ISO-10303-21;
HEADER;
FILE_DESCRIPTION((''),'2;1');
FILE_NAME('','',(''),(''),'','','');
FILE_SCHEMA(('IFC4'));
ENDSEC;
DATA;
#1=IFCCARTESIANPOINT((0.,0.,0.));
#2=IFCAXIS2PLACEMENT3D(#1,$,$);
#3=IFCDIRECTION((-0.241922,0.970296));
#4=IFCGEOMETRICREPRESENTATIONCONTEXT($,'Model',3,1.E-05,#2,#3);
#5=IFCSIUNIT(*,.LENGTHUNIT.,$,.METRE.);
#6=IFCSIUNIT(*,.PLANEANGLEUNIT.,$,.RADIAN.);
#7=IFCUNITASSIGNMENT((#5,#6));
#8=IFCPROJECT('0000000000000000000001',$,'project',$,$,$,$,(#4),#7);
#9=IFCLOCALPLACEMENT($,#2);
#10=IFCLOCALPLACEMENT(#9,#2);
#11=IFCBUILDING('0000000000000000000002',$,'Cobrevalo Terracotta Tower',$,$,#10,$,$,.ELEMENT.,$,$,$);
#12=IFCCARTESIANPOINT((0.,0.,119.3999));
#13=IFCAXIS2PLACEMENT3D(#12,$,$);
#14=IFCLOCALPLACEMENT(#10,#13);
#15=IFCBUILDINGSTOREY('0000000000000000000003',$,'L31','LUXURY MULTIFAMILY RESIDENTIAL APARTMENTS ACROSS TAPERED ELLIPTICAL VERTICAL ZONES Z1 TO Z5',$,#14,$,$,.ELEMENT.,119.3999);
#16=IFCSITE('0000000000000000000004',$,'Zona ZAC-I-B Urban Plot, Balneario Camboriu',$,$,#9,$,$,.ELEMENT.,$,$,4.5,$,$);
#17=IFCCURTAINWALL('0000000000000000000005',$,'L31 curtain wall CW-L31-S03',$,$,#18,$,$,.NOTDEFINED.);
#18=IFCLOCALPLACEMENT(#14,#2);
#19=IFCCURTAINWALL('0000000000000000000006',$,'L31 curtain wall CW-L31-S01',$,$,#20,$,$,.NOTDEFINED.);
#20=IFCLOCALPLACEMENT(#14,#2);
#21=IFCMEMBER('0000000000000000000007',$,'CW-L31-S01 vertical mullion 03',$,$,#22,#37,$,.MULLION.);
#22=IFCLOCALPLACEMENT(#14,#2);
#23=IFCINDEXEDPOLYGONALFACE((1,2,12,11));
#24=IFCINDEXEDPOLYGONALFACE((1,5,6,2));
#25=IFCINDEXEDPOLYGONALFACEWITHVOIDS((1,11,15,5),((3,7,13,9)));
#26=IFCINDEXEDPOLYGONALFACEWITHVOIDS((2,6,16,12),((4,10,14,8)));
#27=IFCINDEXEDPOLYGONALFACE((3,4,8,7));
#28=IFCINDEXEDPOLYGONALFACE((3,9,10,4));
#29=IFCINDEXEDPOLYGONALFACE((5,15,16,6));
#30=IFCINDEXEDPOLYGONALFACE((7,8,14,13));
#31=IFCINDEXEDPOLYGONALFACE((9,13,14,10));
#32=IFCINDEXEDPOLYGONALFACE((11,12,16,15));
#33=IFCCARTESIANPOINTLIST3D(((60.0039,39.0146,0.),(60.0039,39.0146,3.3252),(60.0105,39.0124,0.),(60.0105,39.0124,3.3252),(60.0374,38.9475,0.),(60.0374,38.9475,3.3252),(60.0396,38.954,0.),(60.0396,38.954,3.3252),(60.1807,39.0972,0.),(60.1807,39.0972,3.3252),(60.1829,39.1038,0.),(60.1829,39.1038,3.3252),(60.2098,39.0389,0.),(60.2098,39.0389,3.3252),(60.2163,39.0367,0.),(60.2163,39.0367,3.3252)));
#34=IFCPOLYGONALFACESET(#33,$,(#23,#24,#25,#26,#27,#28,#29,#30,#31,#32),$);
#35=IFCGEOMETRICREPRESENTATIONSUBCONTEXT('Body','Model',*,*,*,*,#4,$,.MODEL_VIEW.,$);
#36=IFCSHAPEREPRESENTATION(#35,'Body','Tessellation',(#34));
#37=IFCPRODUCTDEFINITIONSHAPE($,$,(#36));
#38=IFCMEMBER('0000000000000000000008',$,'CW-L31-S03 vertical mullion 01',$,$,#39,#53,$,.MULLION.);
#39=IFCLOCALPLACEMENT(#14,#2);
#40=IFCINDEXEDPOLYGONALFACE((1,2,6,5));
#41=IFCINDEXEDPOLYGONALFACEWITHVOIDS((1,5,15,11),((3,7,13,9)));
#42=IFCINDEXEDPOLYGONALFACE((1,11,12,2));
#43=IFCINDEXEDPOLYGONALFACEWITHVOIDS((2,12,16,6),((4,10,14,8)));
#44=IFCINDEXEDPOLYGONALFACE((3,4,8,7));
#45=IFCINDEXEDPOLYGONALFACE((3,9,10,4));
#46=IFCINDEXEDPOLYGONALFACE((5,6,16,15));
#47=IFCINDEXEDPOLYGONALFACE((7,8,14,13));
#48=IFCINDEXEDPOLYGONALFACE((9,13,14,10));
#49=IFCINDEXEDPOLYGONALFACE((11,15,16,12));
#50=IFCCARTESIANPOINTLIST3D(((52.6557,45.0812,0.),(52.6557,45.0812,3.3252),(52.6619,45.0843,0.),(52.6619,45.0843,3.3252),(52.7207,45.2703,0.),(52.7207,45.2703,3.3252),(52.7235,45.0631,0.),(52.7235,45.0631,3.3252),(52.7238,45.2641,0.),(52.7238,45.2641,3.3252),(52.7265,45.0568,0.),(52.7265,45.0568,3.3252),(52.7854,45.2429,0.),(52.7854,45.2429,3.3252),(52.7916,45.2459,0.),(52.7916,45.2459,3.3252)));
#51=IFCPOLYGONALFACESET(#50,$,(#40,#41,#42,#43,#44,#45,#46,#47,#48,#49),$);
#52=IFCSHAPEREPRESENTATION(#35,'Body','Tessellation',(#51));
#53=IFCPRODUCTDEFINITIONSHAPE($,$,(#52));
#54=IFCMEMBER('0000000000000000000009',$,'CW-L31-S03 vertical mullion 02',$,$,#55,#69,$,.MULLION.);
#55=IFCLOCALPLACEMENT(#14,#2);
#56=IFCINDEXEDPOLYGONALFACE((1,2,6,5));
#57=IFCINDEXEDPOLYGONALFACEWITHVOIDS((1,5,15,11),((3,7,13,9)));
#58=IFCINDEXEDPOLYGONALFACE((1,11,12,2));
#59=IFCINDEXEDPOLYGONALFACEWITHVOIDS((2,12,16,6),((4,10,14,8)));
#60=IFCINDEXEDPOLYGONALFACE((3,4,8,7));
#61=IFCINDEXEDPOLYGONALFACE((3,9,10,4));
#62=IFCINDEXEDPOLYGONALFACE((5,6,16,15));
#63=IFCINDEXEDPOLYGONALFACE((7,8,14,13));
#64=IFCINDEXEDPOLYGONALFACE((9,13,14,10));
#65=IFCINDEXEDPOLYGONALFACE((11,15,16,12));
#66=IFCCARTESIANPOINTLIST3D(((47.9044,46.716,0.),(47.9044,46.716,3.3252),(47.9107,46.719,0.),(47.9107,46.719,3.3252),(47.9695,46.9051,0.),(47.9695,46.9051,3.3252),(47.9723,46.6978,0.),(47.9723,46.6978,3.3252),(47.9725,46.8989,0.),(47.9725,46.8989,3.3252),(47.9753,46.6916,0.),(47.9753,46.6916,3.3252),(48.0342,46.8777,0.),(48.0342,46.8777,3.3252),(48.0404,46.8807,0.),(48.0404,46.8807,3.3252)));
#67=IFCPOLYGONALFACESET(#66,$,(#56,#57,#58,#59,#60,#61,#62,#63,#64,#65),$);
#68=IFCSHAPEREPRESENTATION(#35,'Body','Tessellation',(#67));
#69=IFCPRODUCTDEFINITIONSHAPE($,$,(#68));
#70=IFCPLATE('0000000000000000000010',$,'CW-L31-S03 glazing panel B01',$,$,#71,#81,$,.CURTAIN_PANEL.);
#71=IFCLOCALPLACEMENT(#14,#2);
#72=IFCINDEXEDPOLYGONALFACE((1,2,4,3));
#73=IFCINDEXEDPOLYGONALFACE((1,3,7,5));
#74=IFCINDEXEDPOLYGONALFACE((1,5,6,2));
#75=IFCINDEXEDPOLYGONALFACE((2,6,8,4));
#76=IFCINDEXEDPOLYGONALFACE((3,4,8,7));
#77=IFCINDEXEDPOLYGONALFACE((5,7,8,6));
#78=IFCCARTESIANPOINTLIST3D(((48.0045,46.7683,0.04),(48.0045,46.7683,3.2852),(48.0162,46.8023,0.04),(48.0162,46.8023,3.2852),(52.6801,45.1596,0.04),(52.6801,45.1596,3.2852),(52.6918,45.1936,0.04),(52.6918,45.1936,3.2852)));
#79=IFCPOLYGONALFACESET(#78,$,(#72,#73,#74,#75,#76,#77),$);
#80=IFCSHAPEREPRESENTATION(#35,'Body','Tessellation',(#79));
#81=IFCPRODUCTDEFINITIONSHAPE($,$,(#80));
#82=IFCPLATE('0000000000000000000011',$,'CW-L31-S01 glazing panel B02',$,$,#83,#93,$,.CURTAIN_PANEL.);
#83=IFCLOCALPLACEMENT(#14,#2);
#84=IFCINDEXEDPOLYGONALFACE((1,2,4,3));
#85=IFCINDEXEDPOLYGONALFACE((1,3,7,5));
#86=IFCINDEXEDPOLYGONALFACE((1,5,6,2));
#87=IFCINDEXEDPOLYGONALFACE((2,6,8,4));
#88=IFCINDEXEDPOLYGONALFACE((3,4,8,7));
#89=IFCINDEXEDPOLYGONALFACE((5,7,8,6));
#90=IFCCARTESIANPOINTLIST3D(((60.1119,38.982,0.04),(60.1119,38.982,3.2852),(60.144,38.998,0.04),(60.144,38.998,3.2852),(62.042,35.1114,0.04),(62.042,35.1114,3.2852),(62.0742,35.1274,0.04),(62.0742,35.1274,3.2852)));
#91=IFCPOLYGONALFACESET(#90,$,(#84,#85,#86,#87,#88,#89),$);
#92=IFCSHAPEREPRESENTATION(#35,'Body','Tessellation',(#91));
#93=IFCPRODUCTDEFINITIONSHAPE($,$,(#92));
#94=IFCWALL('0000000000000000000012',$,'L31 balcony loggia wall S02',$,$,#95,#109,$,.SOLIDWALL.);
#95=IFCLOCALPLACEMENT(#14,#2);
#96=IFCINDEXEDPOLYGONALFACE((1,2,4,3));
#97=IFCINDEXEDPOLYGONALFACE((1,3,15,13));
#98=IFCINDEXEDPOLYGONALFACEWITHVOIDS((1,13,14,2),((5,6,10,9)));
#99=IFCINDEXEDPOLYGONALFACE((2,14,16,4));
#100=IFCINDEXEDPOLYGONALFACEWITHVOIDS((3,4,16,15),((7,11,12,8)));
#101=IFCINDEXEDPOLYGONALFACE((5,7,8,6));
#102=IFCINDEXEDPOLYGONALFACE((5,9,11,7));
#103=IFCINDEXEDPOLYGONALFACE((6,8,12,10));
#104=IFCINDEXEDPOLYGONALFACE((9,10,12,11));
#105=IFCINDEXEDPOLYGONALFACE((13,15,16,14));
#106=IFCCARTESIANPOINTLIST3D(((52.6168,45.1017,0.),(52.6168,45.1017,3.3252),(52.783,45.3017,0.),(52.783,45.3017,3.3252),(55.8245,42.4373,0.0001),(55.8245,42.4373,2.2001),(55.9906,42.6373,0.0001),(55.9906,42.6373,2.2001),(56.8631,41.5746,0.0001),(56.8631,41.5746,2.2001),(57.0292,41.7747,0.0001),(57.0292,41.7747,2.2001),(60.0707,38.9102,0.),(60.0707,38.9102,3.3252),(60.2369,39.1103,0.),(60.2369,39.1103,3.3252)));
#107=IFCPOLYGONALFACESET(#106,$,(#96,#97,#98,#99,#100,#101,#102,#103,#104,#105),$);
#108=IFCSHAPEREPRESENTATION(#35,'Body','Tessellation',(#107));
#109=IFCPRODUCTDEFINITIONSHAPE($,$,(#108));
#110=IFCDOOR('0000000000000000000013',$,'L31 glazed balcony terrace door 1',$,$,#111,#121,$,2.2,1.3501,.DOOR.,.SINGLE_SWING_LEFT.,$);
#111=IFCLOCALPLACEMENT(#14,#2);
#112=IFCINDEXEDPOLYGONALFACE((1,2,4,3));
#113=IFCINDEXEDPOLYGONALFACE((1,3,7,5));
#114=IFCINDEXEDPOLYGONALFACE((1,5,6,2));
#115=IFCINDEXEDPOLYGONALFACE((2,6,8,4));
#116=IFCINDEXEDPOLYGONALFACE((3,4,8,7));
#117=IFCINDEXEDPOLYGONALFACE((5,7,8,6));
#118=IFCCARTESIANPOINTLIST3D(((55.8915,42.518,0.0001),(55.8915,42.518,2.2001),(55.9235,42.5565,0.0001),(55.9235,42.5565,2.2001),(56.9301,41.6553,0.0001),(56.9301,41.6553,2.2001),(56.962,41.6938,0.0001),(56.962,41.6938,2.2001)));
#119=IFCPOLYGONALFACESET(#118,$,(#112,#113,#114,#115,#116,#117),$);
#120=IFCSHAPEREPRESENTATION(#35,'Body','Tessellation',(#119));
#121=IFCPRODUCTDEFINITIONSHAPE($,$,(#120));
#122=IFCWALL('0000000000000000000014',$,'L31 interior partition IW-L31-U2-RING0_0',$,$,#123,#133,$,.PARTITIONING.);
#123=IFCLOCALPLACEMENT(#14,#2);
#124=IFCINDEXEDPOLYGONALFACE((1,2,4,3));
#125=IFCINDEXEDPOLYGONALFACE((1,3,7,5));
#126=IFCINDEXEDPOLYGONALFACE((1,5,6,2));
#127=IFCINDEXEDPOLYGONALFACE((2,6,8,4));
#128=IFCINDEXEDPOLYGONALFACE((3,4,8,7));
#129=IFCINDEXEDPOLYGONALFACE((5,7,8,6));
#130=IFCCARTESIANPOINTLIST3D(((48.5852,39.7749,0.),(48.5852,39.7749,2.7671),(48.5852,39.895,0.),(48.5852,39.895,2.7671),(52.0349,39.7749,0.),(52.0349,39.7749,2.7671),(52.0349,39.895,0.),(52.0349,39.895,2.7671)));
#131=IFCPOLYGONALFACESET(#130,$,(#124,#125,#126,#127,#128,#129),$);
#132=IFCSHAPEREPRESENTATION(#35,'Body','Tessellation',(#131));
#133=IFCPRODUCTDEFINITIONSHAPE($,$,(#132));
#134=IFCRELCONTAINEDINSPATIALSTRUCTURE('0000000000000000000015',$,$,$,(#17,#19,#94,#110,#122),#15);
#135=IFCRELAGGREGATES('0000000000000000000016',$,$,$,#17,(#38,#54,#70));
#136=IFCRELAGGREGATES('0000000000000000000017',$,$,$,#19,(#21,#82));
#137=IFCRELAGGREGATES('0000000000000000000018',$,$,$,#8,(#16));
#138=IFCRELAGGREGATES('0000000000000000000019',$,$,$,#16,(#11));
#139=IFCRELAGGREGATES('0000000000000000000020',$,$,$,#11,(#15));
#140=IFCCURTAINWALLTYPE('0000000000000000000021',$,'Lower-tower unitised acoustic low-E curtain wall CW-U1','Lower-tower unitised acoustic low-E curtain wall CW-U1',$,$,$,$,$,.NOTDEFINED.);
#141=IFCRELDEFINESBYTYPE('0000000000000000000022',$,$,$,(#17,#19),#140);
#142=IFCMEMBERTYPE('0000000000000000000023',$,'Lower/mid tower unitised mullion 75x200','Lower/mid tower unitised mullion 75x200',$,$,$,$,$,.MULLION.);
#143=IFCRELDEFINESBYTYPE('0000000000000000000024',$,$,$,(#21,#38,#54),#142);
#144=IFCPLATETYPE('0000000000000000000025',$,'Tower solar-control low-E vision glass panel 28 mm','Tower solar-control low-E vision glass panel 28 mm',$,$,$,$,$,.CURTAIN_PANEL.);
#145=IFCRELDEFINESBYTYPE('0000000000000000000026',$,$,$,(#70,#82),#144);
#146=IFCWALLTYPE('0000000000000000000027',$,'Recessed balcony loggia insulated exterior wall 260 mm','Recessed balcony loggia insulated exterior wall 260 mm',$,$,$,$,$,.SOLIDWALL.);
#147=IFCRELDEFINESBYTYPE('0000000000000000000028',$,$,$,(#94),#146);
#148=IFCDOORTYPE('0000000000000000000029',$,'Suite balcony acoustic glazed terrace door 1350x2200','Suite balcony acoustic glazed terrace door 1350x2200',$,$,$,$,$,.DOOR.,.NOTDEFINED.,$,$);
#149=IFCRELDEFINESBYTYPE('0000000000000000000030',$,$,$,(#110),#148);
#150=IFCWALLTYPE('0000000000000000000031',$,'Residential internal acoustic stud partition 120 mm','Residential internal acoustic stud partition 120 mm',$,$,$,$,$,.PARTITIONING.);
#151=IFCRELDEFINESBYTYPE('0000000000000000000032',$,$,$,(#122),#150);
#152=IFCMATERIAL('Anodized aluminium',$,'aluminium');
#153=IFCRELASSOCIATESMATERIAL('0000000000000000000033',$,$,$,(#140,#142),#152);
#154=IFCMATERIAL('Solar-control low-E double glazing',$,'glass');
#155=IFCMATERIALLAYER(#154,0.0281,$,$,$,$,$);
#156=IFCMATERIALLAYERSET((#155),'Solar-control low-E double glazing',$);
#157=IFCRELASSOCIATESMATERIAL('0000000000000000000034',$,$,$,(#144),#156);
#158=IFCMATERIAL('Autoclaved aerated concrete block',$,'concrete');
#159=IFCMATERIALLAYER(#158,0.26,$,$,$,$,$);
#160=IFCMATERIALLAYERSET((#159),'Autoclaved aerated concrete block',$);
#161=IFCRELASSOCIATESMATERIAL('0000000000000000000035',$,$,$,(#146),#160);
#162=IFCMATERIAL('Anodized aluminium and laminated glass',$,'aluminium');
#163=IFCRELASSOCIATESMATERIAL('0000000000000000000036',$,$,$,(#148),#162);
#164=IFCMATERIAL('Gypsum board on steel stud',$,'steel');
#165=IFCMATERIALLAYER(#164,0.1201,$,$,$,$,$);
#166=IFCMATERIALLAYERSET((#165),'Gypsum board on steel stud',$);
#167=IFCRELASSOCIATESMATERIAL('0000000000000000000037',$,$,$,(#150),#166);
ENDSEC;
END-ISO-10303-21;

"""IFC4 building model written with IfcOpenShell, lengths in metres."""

from ifc_helpers import new_model, si_unit, direction, frame, frame_2d, origin, origin_2d, place, context, subcontext, project, spatial, rectangle, hollow_rectangle, extrude, source, transform, mapped, material, layer, layer_set, material_profile, profile_set, type_object, element, fill, aggregate, save


model = new_model("IFC4")

# Units and contexts
model_context = context("Model", 3, precision=1e-05, world=origin(), true_north=direction((-0.241922, 0.970296)))
body_context = subcontext(model_context, "Body", "Model", "MODEL_VIEW")
ifc_project = project(units=[si_unit("LENGTHUNIT", "METRE"), si_unit("PLANEANGLEUNIT", "RADIAN")], contexts=[model_context])

# Site, building, storey
site_placement = place(None, origin())
site = spatial("IfcSite", under=ifc_project, at=site_placement, Name="Zona ZAC-I-B Urban Plot, Balneario Camboriu", CompositionType="ELEMENT", RefElevation=4.5)
building_placement = place(site_placement, origin())
building = spatial("IfcBuilding", under=site, at=building_placement, Name="Cobrevalo Terracotta Tower", CompositionType="ELEMENT")
storey_placement = place(building_placement, frame((0.0, 0.0, 119.3999)))
storey = spatial("IfcBuildingStorey", under=building, at=storey_placement, Name="L31", Description="LUXURY MULTIFAMILY RESIDENTIAL APARTMENTS ACROSS TAPERED ELLIPTICAL VERTICAL ZONES Z1 TO Z5", CompositionType="ELEMENT", Elevation=119.3999)

# Curtain walls, member
ifc_material_1 = material(Name="Anodized aluminium", Category="aluminium")
curtain_wall_type = type_object("IfcCurtainWallType", Name="Lower-tower unitised acoustic low-E curtain wall CW-U1", Description="Lower-tower unitised acoustic low-E curtain wall CW-U1", PredefinedType="NOTDEFINED", material=ifc_material_1)
curtain_wall_1_placement = place(storey_placement, origin())
curtain_wall_1 = element("IfcCurtainWall", 1, at=curtain_wall_1_placement, inside=storey, type_object=curtain_wall_type, Name="L31 curtain wall CW-L31-S03", PredefinedType="NOTDEFINED")
curtain_wall_2_placement = place(storey_placement, origin())
curtain_wall_2 = element("IfcCurtainWall", 2, at=curtain_wall_2_placement, inside=storey, type_object=curtain_wall_type, Name="L31 curtain wall CW-L31-S01", PredefinedType="NOTDEFINED")
ifc_material_profile_1 = material_profile(ifc_material_1, hollow_rectangle(XDim=0.075, YDim=0.2, WallThickness=0.0049, at=origin_2d()), Name="CWM 75x200")
ifc_profile_set_1 = profile_set([ifc_material_profile_1], Name="Anodized aluminium")
member_type_1 = type_object("IfcMemberType", Name="Lower/mid tower unitised mullion 75x200", Description="Lower/mid tower unitised mullion 75x200", PredefinedType="MULLION", material=ifc_profile_set_1)
shared_shape_1 = source(origin(), body_context, "Body", "SweptSolid", [
    extrude(hollow_rectangle(XDim=0.075, YDim=0.2, WallThickness=0.0049, at=origin_2d()), origin(), (0.0, 0.0, 1.0), 3.3252),
])
member_1_placement = place(storey_placement, frame((60.1101, 39.0256, 0.0), z_axis=(0.0, 0.0, 1.0), x_axis=(-0.44626, 0.894903, 0.0)))
member_1 = element("IfcMember", 3, at=member_1_placement, type_object=member_type_1, Name="CW-L31-S01 vertical mullion 03", PredefinedType="MULLION", context=body_context, shape_type="MappedRepresentation", body=[
    mapped(shared_shape_1, transform((0.0, 0.0, 0.0), scale=1.0)),
])

# Members
member_2_placement = place(storey_placement, frame((52.7236, 45.1636, 0.0), z_axis=(0.0, 0.0, 1.0), x_axis=(-0.945598, 0.325337, 0.0)))
member_2 = element("IfcMember", 4, at=member_2_placement, type_object=member_type_1, Name="CW-L31-S03 vertical mullion 01", PredefinedType="MULLION", context=body_context, shape_type="MappedRepresentation", body=[
    mapped(shared_shape_1, transform((0.0, 0.0, 0.0), scale=1.0)),
])
member_3_placement = place(storey_placement, frame((47.9724, 46.7983, 0.0), z_axis=(0.0, 0.0, 1.0), x_axis=(-0.945598, 0.325337, 0.0)))
member_3 = element("IfcMember", 5, at=member_3_placement, type_object=member_type_1, Name="CW-L31-S03 vertical mullion 02", PredefinedType="MULLION", context=body_context, shape_type="MappedRepresentation", body=[
    mapped(shared_shape_1, transform((0.0, 0.0, 0.0), scale=1.0)),
])

# Plates
ifc_material_2 = material(Name="Solar-control low-E double glazing", Category="glass")
ifc_layer_1 = layer(ifc_material_2, 0.0281)
ifc_layer_set_1 = layer_set([ifc_layer_1], Name="Solar-control low-E double glazing")
plate_type = type_object("IfcPlateType", Name="Tower solar-control low-E vision glass panel 28 mm", Description="Tower solar-control low-E vision glass panel 28 mm", PredefinedType="CURTAIN_PANEL", material=ifc_layer_set_1)
shared_shape_2 = source(origin(), body_context, "Body", "SweptSolid", [
    extrude(rectangle(XDim=4.9446, YDim=0.0359, at=origin_2d()), origin(), (0.0, 0.0, 1.0), 3.2451),
])
plate_1_placement = place(storey_placement, frame((50.3481, 45.981, 0.04), z_axis=(0.0, 0.0, 1.0), x_axis=(-0.945596, 0.325342, 0.0)))
plate_1 = element("IfcPlate", 6, at=plate_1_placement, type_object=plate_type, Name="CW-L31-S03 glazing panel B01", PredefinedType="CURTAIN_PANEL", context=body_context, shape_type="MappedRepresentation", body=[
    mapped(shared_shape_2, transform((0.0, 0.0, 0.0), scale=1.0)),
])
aggregate(curtain_wall_1, [member_2, member_3, plate_1])
shared_shape_3 = source(origin(), body_context, "Body", "SweptSolid", [
    extrude(rectangle(XDim=4.3252, YDim=0.0359, at=origin_2d()), origin(), (0.0, 0.0, 1.0), 3.2451),
])
plate_2_placement = place(storey_placement, frame((61.093, 37.0547, 0.04), z_axis=(0.0, 0.0, 1.0), x_axis=(-0.446262, 0.894902, 0.0)))
plate_2 = element("IfcPlate", 7, at=plate_2_placement, type_object=plate_type, Name="CW-L31-S01 glazing panel B02", PredefinedType="CURTAIN_PANEL", context=body_context, shape_type="MappedRepresentation", body=[
    mapped(shared_shape_3, transform((0.0, 0.0, 0.0), scale=1.0)),
])
aggregate(curtain_wall_2, [member_1, plate_2])

# Wall, opening, door
ifc_material_3 = material(Name="Autoclaved aerated concrete block", Category="concrete")
ifc_layer_2 = layer(ifc_material_3, 0.26)
ifc_layer_set_2 = layer_set([ifc_layer_2], Name="Autoclaved aerated concrete block")
wall_type_1 = type_object("IfcWallType", Name="Recessed balcony loggia insulated exterior wall 260 mm", Description="Recessed balcony loggia insulated exterior wall 260 mm", PredefinedType="SOLIDWALL", material=ifc_layer_set_2)
wall_1_placement = place(storey_placement, frame((60.1538, 39.0103, 0.0), z_axis=(0.0, 0.0, 1.0), x_axis=(-0.769243, 0.638957, 0.0)))
wall_1 = element("IfcWall", 8, at=wall_1_placement, inside=storey, type_object=wall_type_1, Name="L31 balcony loggia wall S02", PredefinedType="SOLIDWALL", context=body_context, shape_type="SweptSolid", body=[
    extrude(rectangle(XDim=9.6899, YDim=0.26, at=frame_2d((4.845, 0.0))), origin(), (0.0, 0.0, 1.0), 3.3252),
])
opening_1_placement = place(wall_1_placement, frame((4.1699, 0.0, 0.0)))
opening_1 = element("IfcOpeningElement", 9, at=opening_1_placement, cuts=wall_1, PredefinedType="OPENING", context=body_context, shape_type="SweptSolid", body=[
    extrude(rectangle(XDim=1.3501, YDim=2.2, at=frame_2d((0.675, 1.1001))), frame((0.0, 0.1401, 0.0), z_axis=(0.0, -1.0, 0.0), x_axis=(1.0, 0.0, 0.0)), (0.0, 0.0, 1.0), 0.28),
])
ifc_material_4 = material(Name="Anodized aluminium and laminated glass", Category="aluminium")
door_type_1 = type_object("IfcDoorType", Name="Suite balcony acoustic glazed terrace door 1350x2200", Description="Suite balcony acoustic glazed terrace door 1350x2200", OperationType="NOTDEFINED", PredefinedType="DOOR", material=ifc_material_4)
shared_shape_4 = source(origin(), body_context, "Body", "SweptSolid", [
    extrude(rectangle(XDim=1.3501, YDim=2.2, at=frame_2d((0.675, 1.1001))), frame((0.0, 0.0249, 0.0), z_axis=(0.0, -1.0, 0.0), x_axis=(1.0, 0.0, 0.0)), (0.0, 0.0, 1.0), 0.05),
])
door_1_placement = place(opening_1_placement, frame((1.3501, 0.0, 0.0), z_axis=(0.0, 0.0, 1.0), x_axis=(-1.0, 0.0, 0.0)))
door_1 = element("IfcDoor", 10, at=door_1_placement, inside=storey, type_object=door_type_1, Name="L31 glazed balcony terrace door 1", OperationType="SINGLE_SWING_LEFT", OverallHeight=2.2, OverallWidth=1.3501, PredefinedType="DOOR", context=body_context, shape_type="MappedRepresentation", body=[
    mapped(shared_shape_4, transform((0.0, 0.0, 0.0), scale=1.0)),
])
fill(opening_1, door_1)

# Wall
ifc_material_5 = material(Name="Gypsum board on steel stud", Category="steel")
ifc_layer_3 = layer(ifc_material_5, 0.1201)
ifc_layer_set_3 = layer_set([ifc_layer_3], Name="Gypsum board on steel stud")
wall_type_2 = type_object("IfcWallType", Name="Residential internal acoustic stud partition 120 mm", Description="Residential internal acoustic stud partition 120 mm", PredefinedType="PARTITIONING", material=ifc_layer_set_3)
wall_2_placement = place(storey_placement, frame((48.5852, 39.835, 0.0), z_axis=(0.0, 0.0, 1.0), x_axis=(1.0, 0.0, 0.0)))
element("IfcWall", 11, at=wall_2_placement, inside=storey, type_object=wall_type_2, Name="L31 interior partition IW-L31-U2-RING0_0", PredefinedType="PARTITIONING", context=body_context, shape_type="SweptSolid", body=[
    extrude(rectangle(XDim=3.4497, YDim=0.1201, at=frame_2d((1.7249, 0.0))), origin(), (0.0, 0.0, 1.0), 2.7671),
])

save(model, "model.ifc")
